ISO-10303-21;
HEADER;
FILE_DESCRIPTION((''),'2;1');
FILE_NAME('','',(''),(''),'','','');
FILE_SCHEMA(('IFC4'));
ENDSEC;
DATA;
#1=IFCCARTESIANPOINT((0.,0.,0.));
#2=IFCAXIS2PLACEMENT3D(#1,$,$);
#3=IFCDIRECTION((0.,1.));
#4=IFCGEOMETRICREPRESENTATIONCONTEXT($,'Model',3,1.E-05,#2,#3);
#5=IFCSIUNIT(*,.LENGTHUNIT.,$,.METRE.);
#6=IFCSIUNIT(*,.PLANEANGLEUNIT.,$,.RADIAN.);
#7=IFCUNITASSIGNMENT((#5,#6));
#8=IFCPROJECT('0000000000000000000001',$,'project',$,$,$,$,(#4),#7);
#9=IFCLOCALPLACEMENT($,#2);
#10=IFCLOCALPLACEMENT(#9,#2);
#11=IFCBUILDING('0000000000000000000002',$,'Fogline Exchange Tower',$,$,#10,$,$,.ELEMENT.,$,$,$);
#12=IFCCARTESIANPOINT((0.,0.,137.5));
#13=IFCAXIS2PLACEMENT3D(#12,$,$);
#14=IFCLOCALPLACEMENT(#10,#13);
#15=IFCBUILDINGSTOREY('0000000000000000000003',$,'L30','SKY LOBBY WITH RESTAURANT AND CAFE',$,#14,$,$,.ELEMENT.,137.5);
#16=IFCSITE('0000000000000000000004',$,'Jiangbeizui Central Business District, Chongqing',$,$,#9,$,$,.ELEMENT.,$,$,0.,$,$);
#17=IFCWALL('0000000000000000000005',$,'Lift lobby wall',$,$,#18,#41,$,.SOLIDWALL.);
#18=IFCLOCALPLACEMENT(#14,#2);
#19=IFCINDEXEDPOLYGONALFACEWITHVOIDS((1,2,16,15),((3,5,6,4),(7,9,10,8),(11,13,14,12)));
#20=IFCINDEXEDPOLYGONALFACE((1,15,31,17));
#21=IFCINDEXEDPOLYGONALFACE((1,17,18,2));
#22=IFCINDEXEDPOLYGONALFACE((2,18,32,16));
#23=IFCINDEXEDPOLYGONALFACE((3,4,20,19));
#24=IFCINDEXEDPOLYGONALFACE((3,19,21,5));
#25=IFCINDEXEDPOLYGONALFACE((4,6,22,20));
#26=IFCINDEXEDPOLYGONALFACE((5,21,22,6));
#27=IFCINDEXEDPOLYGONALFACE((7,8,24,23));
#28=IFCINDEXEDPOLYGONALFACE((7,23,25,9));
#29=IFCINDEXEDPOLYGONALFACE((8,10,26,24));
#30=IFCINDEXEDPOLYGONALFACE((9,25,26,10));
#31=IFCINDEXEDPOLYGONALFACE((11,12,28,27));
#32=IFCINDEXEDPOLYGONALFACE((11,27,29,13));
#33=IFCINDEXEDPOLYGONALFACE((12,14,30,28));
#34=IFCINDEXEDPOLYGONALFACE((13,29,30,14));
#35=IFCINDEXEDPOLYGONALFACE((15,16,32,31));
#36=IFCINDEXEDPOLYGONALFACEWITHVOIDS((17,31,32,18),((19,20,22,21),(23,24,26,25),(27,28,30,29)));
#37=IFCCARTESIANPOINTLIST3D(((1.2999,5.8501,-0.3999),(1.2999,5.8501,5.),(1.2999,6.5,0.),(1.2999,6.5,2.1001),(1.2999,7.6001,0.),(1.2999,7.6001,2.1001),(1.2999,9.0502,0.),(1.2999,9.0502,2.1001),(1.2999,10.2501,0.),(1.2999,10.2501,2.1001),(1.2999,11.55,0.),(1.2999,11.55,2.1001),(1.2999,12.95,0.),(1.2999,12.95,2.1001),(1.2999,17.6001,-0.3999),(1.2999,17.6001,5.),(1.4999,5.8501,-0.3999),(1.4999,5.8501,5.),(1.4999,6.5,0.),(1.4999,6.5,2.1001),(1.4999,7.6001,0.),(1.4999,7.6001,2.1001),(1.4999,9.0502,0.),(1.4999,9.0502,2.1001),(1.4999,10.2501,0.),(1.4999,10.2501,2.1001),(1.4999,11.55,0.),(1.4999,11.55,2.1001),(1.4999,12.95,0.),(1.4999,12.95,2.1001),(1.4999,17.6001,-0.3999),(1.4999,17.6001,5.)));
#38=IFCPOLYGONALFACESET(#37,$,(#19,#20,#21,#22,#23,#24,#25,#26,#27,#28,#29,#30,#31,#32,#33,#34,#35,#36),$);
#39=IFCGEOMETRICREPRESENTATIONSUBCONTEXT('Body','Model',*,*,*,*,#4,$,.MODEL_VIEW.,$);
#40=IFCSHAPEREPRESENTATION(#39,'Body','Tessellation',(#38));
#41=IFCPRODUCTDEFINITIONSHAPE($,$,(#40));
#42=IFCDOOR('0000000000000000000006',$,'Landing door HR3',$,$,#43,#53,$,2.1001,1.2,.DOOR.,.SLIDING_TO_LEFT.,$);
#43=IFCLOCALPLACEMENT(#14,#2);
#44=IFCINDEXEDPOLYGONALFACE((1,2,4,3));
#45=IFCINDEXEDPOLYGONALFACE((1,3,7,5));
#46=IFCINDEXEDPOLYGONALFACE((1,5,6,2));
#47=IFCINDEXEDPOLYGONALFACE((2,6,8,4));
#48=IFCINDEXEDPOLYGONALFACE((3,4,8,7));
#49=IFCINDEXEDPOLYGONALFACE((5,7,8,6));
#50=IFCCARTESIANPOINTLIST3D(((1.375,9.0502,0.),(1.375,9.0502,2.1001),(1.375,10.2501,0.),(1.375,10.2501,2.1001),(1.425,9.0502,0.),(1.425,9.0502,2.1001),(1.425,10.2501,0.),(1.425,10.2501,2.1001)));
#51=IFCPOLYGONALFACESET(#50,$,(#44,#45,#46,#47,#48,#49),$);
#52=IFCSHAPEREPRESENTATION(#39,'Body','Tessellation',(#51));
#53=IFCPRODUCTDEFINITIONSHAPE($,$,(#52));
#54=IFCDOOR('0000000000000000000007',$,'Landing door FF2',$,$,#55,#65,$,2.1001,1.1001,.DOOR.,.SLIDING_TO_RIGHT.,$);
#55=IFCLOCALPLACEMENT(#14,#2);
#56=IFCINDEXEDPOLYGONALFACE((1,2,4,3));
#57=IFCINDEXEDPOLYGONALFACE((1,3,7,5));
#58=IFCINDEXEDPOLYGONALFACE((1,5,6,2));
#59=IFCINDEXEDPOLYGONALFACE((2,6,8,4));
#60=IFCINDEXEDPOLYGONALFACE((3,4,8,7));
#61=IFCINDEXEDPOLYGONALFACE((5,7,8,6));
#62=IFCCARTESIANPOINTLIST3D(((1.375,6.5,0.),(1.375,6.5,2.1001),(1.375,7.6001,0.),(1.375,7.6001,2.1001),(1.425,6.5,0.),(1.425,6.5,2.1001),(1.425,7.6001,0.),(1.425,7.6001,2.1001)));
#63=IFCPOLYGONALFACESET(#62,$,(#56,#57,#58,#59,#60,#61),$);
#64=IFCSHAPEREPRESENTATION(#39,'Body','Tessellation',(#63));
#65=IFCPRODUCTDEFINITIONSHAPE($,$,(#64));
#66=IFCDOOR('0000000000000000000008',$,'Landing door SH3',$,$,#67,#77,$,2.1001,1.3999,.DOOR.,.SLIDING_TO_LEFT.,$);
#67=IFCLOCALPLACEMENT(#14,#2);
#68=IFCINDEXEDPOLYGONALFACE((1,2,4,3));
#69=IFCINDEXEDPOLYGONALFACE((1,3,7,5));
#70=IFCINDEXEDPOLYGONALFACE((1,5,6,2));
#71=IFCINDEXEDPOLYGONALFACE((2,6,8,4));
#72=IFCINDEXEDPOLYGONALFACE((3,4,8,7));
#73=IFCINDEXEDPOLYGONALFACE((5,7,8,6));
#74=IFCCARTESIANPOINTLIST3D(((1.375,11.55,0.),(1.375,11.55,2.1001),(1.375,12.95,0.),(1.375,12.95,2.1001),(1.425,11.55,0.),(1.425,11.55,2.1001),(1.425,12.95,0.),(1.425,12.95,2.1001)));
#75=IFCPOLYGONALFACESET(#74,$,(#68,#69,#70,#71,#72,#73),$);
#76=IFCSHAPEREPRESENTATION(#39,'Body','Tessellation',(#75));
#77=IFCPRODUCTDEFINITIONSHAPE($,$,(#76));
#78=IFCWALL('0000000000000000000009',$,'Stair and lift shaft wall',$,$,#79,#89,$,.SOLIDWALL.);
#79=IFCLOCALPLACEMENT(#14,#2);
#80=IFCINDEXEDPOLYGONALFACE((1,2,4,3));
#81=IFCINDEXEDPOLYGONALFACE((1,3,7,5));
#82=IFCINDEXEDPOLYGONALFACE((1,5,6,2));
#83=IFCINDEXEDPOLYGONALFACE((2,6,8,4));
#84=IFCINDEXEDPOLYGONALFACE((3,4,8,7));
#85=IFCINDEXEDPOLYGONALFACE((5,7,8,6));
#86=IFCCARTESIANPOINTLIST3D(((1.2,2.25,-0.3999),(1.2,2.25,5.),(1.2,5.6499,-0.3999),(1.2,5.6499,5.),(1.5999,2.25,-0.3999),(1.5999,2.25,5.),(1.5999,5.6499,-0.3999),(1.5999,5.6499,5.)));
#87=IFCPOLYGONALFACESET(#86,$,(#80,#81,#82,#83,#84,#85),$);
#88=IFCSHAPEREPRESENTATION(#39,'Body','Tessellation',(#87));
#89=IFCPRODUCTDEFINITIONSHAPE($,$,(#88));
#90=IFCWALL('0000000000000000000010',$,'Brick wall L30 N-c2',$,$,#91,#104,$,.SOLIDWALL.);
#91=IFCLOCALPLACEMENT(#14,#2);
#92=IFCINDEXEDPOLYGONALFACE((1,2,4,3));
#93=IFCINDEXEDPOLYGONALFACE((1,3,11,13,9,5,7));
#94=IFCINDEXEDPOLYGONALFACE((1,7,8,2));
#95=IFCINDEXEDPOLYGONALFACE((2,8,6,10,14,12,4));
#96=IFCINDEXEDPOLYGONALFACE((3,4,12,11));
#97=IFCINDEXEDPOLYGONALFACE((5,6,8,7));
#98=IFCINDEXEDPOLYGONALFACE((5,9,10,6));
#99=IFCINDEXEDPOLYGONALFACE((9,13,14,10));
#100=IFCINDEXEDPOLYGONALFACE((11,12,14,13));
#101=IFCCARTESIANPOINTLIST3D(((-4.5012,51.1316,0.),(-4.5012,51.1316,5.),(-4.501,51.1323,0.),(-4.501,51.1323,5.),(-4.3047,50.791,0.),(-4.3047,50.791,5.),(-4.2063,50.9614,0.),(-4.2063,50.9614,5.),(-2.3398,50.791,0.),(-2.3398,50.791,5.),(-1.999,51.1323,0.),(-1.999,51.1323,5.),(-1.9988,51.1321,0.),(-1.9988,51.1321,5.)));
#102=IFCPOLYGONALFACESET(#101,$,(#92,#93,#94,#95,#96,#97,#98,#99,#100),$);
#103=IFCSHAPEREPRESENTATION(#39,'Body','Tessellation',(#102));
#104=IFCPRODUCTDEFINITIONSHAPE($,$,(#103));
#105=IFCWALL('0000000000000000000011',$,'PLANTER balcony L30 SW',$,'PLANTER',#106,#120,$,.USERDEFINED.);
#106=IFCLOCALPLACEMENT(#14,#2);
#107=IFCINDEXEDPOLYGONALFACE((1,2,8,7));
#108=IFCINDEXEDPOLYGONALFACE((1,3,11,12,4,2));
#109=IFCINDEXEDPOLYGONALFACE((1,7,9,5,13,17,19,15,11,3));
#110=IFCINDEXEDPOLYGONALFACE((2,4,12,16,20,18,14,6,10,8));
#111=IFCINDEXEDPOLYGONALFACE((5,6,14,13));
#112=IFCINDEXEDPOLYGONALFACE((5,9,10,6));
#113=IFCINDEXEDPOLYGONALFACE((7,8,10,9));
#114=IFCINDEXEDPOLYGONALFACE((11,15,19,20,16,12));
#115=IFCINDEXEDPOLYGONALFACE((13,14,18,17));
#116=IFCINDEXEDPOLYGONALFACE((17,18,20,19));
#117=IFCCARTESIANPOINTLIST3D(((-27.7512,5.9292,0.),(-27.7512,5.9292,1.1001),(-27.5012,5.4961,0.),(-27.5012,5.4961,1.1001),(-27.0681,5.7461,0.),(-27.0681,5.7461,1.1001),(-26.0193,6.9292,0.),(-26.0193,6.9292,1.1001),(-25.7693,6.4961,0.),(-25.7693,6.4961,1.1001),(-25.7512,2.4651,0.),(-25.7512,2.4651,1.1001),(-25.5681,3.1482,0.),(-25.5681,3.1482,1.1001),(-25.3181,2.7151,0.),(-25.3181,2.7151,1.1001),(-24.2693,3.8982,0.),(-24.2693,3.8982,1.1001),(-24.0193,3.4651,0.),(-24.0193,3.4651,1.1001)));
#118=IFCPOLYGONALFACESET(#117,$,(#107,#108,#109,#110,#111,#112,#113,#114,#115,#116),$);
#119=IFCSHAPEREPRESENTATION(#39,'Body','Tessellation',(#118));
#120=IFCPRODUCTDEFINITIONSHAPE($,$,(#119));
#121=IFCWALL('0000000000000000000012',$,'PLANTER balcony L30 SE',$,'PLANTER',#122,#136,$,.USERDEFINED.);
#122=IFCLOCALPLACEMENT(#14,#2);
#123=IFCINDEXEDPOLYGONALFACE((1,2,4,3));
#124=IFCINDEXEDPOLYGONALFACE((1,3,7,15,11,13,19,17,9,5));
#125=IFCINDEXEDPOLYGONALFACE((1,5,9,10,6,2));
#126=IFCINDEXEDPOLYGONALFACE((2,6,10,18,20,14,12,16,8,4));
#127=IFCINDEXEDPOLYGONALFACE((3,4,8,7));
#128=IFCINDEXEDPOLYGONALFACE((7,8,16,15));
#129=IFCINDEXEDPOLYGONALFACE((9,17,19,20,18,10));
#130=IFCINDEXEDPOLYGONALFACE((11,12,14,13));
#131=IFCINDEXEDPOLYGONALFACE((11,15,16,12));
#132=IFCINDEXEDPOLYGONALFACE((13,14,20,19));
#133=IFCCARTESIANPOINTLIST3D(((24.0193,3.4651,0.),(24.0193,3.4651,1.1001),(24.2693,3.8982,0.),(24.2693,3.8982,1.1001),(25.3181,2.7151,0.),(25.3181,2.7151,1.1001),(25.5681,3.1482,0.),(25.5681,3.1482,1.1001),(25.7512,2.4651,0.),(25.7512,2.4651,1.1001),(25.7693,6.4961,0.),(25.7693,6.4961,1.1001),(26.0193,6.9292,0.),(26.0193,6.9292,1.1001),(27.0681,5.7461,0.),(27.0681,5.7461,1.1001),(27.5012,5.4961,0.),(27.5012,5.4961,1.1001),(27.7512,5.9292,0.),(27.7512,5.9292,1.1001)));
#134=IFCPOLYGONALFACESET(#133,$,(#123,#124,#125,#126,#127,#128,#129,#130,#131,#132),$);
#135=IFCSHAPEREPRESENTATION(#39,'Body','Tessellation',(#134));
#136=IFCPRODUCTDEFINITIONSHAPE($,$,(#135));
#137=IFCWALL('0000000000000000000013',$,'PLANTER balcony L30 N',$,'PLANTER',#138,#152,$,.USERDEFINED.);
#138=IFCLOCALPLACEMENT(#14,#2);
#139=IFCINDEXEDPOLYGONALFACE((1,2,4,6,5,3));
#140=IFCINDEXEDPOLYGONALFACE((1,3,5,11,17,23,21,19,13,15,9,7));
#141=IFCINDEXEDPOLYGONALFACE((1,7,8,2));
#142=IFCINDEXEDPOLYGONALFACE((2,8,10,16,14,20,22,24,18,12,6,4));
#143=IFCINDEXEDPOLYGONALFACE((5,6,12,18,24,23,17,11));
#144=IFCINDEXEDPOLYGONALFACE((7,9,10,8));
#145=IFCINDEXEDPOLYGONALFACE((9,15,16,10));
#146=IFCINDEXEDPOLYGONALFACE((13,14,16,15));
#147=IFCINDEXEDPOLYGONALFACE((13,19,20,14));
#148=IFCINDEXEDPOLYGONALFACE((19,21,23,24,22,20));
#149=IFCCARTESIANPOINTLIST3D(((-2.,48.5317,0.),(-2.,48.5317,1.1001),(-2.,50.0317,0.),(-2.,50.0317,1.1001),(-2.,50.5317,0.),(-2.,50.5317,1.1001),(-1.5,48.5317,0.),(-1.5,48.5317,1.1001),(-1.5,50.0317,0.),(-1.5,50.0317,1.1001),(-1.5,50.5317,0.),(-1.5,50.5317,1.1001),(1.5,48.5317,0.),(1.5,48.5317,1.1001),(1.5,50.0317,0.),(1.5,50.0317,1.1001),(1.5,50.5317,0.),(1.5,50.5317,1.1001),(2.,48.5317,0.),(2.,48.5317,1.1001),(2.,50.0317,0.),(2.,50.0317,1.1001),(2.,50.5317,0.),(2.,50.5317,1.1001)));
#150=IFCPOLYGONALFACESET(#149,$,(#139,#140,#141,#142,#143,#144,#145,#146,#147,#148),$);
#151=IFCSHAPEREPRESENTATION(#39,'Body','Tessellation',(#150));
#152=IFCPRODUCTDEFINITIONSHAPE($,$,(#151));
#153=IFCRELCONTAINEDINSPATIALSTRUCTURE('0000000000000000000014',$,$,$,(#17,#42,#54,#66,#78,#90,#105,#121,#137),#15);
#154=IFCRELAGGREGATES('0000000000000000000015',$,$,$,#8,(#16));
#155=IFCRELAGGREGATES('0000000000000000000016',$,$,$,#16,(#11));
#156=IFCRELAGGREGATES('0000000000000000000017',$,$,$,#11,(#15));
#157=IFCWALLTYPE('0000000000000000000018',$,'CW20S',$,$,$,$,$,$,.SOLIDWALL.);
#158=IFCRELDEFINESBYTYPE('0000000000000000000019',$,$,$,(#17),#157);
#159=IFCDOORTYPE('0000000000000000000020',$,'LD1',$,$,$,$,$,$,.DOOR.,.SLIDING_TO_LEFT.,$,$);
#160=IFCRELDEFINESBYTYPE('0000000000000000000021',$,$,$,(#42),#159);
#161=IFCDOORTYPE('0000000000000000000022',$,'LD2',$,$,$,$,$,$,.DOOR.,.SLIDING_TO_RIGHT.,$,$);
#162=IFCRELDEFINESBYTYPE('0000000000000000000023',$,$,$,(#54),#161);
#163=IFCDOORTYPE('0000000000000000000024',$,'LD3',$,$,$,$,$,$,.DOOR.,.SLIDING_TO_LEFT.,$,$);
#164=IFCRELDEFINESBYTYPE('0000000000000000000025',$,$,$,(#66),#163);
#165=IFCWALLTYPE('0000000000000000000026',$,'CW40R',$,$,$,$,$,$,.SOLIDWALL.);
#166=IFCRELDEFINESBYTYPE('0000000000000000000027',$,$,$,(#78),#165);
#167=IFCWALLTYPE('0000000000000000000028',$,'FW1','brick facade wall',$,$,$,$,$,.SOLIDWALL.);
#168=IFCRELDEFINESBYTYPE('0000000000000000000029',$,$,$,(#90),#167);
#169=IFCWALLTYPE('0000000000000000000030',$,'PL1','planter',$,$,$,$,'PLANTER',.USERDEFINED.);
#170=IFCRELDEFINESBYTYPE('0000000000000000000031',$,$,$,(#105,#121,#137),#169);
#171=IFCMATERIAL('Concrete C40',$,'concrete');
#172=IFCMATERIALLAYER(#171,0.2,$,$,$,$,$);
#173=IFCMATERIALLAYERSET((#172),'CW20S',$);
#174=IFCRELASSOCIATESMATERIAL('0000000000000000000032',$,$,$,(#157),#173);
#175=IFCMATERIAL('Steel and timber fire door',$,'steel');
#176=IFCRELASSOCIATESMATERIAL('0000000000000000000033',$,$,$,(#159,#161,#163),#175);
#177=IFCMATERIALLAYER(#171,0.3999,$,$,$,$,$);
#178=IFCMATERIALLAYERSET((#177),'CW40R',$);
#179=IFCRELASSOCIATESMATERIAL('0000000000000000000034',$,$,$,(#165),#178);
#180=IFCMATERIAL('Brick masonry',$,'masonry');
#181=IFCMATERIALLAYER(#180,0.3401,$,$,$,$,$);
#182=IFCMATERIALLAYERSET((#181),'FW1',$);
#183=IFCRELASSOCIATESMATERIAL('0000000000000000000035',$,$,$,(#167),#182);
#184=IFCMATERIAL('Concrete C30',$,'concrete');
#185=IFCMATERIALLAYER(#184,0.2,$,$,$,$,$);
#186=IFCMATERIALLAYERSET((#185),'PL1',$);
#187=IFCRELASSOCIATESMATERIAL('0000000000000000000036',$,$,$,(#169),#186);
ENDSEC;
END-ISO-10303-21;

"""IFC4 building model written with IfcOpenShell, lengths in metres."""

from ifc_helpers import new_model, si_unit, direction, frame, frame_2d, origin, place, context, subcontext, project, spatial, polyline, rectangle, outline, extrude, material, layer, layer_set, type_object, element, fill, save


model = new_model("IFC4")

# Units and contexts
model_context = context("Model", 3, precision=1e-05, world=origin(), true_north=direction((0.0, 1.0)))
body_context = subcontext(model_context, "Body", "Model", "MODEL_VIEW")
ifc_project = project(units=[si_unit("LENGTHUNIT", "METRE"), si_unit("PLANEANGLEUNIT", "RADIAN")], contexts=[model_context])

# Site, building, storey
site_placement = place(None, origin())
site = spatial("IfcSite", under=ifc_project, at=site_placement, Name="Jiangbeizui Central Business District, Chongqing", CompositionType="ELEMENT", RefElevation=0.0)
building_placement = place(site_placement, origin())
building = spatial("IfcBuilding", under=site, at=building_placement, Name="Fogline Exchange Tower", CompositionType="ELEMENT")
storey_placement = place(building_placement, frame((0.0, 0.0, 137.5)))
storey = spatial("IfcBuildingStorey", under=building, at=storey_placement, Name="L30", Description="SKY LOBBY WITH RESTAURANT AND CAFE", CompositionType="ELEMENT", Elevation=137.5)

# Shared definitions
ifc_material_1 = material(Name="Concrete C40", Category="concrete")

# Wall, openings, doors
ifc_layer_1 = layer(ifc_material_1, 0.2)
ifc_layer_set_1 = layer_set([ifc_layer_1], Name="CW20S")
wall_type_1 = type_object("IfcWallType", Name="CW20S", PredefinedType="SOLIDWALL", material=ifc_layer_set_1)
wall_1_placement = place(storey_placement, frame((1.3999, 5.8501, -0.3999), z_axis=(0.0, 0.0, 1.0), x_axis=(0.0, 1.0, 0.0)))
wall_1 = element("IfcWall", 1, at=wall_1_placement, inside=storey, type_object=wall_type_1, Name="Lift lobby wall", PredefinedType="SOLIDWALL", context=body_context, shape_type="SweptSolid", body=[
    extrude(rectangle(XDim=11.75, YDim=0.2, at=frame_2d((5.875, 0.0))), origin(), (0.0, 0.0, 1.0), 5.3999),
])
opening_1_placement = place(wall_1_placement, frame((3.2, 0.0, 0.3999)))
opening_1 = element("IfcOpeningElement", 2, at=opening_1_placement, cuts=wall_1, PredefinedType="OPENING", context=body_context, shape_type="SweptSolid", body=[
    extrude(rectangle(XDim=1.2, YDim=2.1001, at=frame_2d((0.6001, 1.05))), frame((0.0, 0.1099, 0.0), z_axis=(0.0, -1.0, 0.0), x_axis=(1.0, 0.0, 0.0)), (0.0, 0.0, 1.0), 0.22),
])
opening_2_placement = place(wall_1_placement, frame((5.7, 0.0, 0.3999)))
opening_2 = element("IfcOpeningElement", 3, at=opening_2_placement, cuts=wall_1, PredefinedType="OPENING", context=body_context, shape_type="SweptSolid", body=[
    extrude(rectangle(XDim=1.3999, YDim=2.1001, at=frame_2d((0.7, 1.05))), frame((0.0, 0.1099, 0.0), z_axis=(0.0, -1.0, 0.0), x_axis=(1.0, 0.0, 0.0)), (0.0, 0.0, 1.0), 0.22),
])
opening_3_placement = place(wall_1_placement, frame((0.6499, 0.0, 0.3999)))
opening_3 = element("IfcOpeningElement", 4, at=opening_3_placement, cuts=wall_1, PredefinedType="OPENING", context=body_context, shape_type="SweptSolid", body=[
    extrude(rectangle(XDim=1.1001, YDim=2.1001, at=frame_2d((0.55, 1.05))), frame((0.0, 0.1099, 0.0), z_axis=(0.0, -1.0, 0.0), x_axis=(1.0, 0.0, 0.0)), (0.0, 0.0, 1.0), 0.22),
])
ifc_material_2 = material(Name="Steel and timber fire door", Category="steel")
door_type_1 = type_object("IfcDoorType", Name="LD1", OperationType="SLIDING_TO_LEFT", PredefinedType="DOOR", material=ifc_material_2)
door_1_placement = place(opening_1_placement, origin())
door_1 = element("IfcDoor", 5, at=door_1_placement, inside=storey, type_object=door_type_1, Name="Landing door HR3", OperationType="SLIDING_TO_LEFT", OverallHeight=2.1001, OverallWidth=1.2, PredefinedType="DOOR", context=body_context, shape_type="SweptSolid", body=[
    extrude(rectangle(XDim=1.2, YDim=2.1001, at=frame_2d((0.6001, 1.05))), frame((0.0, 0.0249, 0.0), z_axis=(0.0, -1.0, 0.0), x_axis=(1.0, 0.0, 0.0)), (0.0, 0.0, 1.0), 0.05),
])
fill(opening_1, door_1)
door_type_2 = type_object("IfcDoorType", Name="LD2", OperationType="SLIDING_TO_RIGHT", PredefinedType="DOOR", material=ifc_material_2)
door_2_placement = place(opening_3_placement, origin())
door_2 = element("IfcDoor", 6, at=door_2_placement, inside=storey, type_object=door_type_2, Name="Landing door FF2", OperationType="SLIDING_TO_RIGHT", OverallHeight=2.1001, OverallWidth=1.1001, PredefinedType="DOOR", context=body_context, shape_type="SweptSolid", body=[
    extrude(rectangle(XDim=1.1001, YDim=2.1001, at=frame_2d((0.55, 1.05))), frame((0.0, 0.0249, 0.0), z_axis=(0.0, -1.0, 0.0), x_axis=(1.0, 0.0, 0.0)), (0.0, 0.0, 1.0), 0.05),
])
fill(opening_3, door_2)
door_type_3 = type_object("IfcDoorType", Name="LD3", OperationType="SLIDING_TO_LEFT", PredefinedType="DOOR", material=ifc_material_2)
door_3_placement = place(opening_2_placement, origin())
door_3 = element("IfcDoor", 7, at=door_3_placement, inside=storey, type_object=door_type_3, Name="Landing door SH3", OperationType="SLIDING_TO_LEFT", OverallHeight=2.1001, OverallWidth=1.3999, PredefinedType="DOOR", context=body_context, shape_type="SweptSolid", body=[
    extrude(rectangle(XDim=1.3999, YDim=2.1001, at=frame_2d((0.7, 1.05))), frame((0.0, 0.0249, 0.0), z_axis=(0.0, -1.0, 0.0), x_axis=(1.0, 0.0, 0.0)), (0.0, 0.0, 1.0), 0.05),
])
fill(opening_2, door_3)

# Walls
ifc_layer_2 = layer(ifc_material_1, 0.3999)
ifc_layer_set_2 = layer_set([ifc_layer_2], Name="CW40R")
wall_type_2 = type_object("IfcWallType", Name="CW40R", PredefinedType="SOLIDWALL", material=ifc_layer_set_2)
wall_2_placement = place(storey_placement, frame((1.3999, 2.25, -0.3999), z_axis=(0.0, 0.0, 1.0), x_axis=(0.0, 1.0, 0.0)))
element("IfcWall", 8, at=wall_2_placement, inside=storey, type_object=wall_type_2, Name="Stair and lift shaft wall", PredefinedType="SOLIDWALL", context=body_context, shape_type="SweptSolid", body=[
    extrude(rectangle(XDim=3.3999, YDim=0.3999, at=frame_2d((1.7, 0.0))), origin(), (0.0, 0.0, 1.0), 5.3999),
])
ifc_material_3 = material(Name="Brick masonry", Category="masonry")
ifc_layer_3 = layer(ifc_material_3, 0.3401)
ifc_layer_set_3 = layer_set([ifc_layer_3], Name="FW1")
wall_type_3 = type_object("IfcWallType", Name="FW1", Description="brick facade wall", PredefinedType="SOLIDWALL", material=ifc_layer_set_3)
wall_3_placement = place(storey_placement, origin())
element("IfcWall", 9, at=wall_3_placement, inside=storey, type_object=wall_type_3, Name="Brick wall L30 N-c2", PredefinedType="SOLIDWALL", context=body_context, shape_type="SweptSolid", body=[
    extrude(outline(polyline([(-4.3047, 50.791), (-4.2063, 50.9614), (-4.5012, 51.1316), (-4.501, 51.1323), (-1.999, 51.1323), (-1.9988, 51.1321), (-2.3398, 50.791), (-4.3047, 50.791)])), origin(), (0.0, 0.0, 1.0), 5.0),
])
ifc_material_4 = material(Name="Concrete C30", Category="concrete")
ifc_layer_4 = layer(ifc_material_4, 0.2)
ifc_layer_set_4 = layer_set([ifc_layer_4], Name="PL1")
wall_type_4 = type_object("IfcWallType", Name="PL1", Description="planter", ElementType="PLANTER", PredefinedType="USERDEFINED", material=ifc_layer_set_4)
wall_4_placement = place(storey_placement, origin())
element("IfcWall", 10, at=wall_4_placement, inside=storey, type_object=wall_type_4, Name="PLANTER balcony L30 SW", ObjectType="PLANTER", PredefinedType="USERDEFINED", context=body_context, shape_type="SweptSolid", body=[
    extrude(outline(polyline([(-24.2693, 3.8982), (-25.5681, 3.1482), (-27.0681, 5.7461), (-25.7693, 6.4961), (-26.0193, 6.9292), (-27.7512, 5.9292), (-27.5012, 5.4961), (-25.7512, 2.4651), (-25.3181, 2.7151), (-25.3181, 2.7151), (-24.0193, 3.4651), (-24.2693, 3.8982)])), origin(), (0.0, 0.0, 1.0), 1.1001),
])
wall_5_placement = place(storey_placement, origin())
element("IfcWall", 11, at=wall_5_placement, inside=storey, type_object=wall_type_4, Name="PLANTER balcony L30 SE", ObjectType="PLANTER", PredefinedType="USERDEFINED", context=body_context, shape_type="SweptSolid", body=[
    extrude(outline(polyline([(24.0193, 3.4651), (25.3181, 2.7151), (25.3181, 2.7151), (25.7512, 2.4651), (27.5012, 5.4961), (27.7512, 5.9292), (26.0193, 6.9292), (25.7693, 6.4961), (27.0681, 5.7461), (25.5681, 3.1482), (24.2693, 3.8982), (24.0193, 3.4651)])), origin(), (0.0, 0.0, 1.0), 1.1001),
])
wall_6_placement = place(storey_placement, origin())
element("IfcWall", 12, at=wall_6_placement, inside=storey, type_object=wall_type_4, Name="PLANTER balcony L30 N", ObjectType="PLANTER", PredefinedType="USERDEFINED", context=body_context, shape_type="SweptSolid", body=[
    extrude(outline(polyline([(-1.5, 50.5317), (-2.0, 50.5317), (-2.0, 50.0317), (-2.0, 48.5317), (-1.5, 48.5317), (-1.5, 50.0317), (1.5, 50.0317), (1.5, 48.5317), (2.0, 48.5317), (2.0, 50.0317), (2.0, 50.5317), (1.5, 50.5317), (-1.5, 50.5317)])), origin(), (0.0, 0.0, 1.0), 1.1001),
])

save(model, "model.ifc")
